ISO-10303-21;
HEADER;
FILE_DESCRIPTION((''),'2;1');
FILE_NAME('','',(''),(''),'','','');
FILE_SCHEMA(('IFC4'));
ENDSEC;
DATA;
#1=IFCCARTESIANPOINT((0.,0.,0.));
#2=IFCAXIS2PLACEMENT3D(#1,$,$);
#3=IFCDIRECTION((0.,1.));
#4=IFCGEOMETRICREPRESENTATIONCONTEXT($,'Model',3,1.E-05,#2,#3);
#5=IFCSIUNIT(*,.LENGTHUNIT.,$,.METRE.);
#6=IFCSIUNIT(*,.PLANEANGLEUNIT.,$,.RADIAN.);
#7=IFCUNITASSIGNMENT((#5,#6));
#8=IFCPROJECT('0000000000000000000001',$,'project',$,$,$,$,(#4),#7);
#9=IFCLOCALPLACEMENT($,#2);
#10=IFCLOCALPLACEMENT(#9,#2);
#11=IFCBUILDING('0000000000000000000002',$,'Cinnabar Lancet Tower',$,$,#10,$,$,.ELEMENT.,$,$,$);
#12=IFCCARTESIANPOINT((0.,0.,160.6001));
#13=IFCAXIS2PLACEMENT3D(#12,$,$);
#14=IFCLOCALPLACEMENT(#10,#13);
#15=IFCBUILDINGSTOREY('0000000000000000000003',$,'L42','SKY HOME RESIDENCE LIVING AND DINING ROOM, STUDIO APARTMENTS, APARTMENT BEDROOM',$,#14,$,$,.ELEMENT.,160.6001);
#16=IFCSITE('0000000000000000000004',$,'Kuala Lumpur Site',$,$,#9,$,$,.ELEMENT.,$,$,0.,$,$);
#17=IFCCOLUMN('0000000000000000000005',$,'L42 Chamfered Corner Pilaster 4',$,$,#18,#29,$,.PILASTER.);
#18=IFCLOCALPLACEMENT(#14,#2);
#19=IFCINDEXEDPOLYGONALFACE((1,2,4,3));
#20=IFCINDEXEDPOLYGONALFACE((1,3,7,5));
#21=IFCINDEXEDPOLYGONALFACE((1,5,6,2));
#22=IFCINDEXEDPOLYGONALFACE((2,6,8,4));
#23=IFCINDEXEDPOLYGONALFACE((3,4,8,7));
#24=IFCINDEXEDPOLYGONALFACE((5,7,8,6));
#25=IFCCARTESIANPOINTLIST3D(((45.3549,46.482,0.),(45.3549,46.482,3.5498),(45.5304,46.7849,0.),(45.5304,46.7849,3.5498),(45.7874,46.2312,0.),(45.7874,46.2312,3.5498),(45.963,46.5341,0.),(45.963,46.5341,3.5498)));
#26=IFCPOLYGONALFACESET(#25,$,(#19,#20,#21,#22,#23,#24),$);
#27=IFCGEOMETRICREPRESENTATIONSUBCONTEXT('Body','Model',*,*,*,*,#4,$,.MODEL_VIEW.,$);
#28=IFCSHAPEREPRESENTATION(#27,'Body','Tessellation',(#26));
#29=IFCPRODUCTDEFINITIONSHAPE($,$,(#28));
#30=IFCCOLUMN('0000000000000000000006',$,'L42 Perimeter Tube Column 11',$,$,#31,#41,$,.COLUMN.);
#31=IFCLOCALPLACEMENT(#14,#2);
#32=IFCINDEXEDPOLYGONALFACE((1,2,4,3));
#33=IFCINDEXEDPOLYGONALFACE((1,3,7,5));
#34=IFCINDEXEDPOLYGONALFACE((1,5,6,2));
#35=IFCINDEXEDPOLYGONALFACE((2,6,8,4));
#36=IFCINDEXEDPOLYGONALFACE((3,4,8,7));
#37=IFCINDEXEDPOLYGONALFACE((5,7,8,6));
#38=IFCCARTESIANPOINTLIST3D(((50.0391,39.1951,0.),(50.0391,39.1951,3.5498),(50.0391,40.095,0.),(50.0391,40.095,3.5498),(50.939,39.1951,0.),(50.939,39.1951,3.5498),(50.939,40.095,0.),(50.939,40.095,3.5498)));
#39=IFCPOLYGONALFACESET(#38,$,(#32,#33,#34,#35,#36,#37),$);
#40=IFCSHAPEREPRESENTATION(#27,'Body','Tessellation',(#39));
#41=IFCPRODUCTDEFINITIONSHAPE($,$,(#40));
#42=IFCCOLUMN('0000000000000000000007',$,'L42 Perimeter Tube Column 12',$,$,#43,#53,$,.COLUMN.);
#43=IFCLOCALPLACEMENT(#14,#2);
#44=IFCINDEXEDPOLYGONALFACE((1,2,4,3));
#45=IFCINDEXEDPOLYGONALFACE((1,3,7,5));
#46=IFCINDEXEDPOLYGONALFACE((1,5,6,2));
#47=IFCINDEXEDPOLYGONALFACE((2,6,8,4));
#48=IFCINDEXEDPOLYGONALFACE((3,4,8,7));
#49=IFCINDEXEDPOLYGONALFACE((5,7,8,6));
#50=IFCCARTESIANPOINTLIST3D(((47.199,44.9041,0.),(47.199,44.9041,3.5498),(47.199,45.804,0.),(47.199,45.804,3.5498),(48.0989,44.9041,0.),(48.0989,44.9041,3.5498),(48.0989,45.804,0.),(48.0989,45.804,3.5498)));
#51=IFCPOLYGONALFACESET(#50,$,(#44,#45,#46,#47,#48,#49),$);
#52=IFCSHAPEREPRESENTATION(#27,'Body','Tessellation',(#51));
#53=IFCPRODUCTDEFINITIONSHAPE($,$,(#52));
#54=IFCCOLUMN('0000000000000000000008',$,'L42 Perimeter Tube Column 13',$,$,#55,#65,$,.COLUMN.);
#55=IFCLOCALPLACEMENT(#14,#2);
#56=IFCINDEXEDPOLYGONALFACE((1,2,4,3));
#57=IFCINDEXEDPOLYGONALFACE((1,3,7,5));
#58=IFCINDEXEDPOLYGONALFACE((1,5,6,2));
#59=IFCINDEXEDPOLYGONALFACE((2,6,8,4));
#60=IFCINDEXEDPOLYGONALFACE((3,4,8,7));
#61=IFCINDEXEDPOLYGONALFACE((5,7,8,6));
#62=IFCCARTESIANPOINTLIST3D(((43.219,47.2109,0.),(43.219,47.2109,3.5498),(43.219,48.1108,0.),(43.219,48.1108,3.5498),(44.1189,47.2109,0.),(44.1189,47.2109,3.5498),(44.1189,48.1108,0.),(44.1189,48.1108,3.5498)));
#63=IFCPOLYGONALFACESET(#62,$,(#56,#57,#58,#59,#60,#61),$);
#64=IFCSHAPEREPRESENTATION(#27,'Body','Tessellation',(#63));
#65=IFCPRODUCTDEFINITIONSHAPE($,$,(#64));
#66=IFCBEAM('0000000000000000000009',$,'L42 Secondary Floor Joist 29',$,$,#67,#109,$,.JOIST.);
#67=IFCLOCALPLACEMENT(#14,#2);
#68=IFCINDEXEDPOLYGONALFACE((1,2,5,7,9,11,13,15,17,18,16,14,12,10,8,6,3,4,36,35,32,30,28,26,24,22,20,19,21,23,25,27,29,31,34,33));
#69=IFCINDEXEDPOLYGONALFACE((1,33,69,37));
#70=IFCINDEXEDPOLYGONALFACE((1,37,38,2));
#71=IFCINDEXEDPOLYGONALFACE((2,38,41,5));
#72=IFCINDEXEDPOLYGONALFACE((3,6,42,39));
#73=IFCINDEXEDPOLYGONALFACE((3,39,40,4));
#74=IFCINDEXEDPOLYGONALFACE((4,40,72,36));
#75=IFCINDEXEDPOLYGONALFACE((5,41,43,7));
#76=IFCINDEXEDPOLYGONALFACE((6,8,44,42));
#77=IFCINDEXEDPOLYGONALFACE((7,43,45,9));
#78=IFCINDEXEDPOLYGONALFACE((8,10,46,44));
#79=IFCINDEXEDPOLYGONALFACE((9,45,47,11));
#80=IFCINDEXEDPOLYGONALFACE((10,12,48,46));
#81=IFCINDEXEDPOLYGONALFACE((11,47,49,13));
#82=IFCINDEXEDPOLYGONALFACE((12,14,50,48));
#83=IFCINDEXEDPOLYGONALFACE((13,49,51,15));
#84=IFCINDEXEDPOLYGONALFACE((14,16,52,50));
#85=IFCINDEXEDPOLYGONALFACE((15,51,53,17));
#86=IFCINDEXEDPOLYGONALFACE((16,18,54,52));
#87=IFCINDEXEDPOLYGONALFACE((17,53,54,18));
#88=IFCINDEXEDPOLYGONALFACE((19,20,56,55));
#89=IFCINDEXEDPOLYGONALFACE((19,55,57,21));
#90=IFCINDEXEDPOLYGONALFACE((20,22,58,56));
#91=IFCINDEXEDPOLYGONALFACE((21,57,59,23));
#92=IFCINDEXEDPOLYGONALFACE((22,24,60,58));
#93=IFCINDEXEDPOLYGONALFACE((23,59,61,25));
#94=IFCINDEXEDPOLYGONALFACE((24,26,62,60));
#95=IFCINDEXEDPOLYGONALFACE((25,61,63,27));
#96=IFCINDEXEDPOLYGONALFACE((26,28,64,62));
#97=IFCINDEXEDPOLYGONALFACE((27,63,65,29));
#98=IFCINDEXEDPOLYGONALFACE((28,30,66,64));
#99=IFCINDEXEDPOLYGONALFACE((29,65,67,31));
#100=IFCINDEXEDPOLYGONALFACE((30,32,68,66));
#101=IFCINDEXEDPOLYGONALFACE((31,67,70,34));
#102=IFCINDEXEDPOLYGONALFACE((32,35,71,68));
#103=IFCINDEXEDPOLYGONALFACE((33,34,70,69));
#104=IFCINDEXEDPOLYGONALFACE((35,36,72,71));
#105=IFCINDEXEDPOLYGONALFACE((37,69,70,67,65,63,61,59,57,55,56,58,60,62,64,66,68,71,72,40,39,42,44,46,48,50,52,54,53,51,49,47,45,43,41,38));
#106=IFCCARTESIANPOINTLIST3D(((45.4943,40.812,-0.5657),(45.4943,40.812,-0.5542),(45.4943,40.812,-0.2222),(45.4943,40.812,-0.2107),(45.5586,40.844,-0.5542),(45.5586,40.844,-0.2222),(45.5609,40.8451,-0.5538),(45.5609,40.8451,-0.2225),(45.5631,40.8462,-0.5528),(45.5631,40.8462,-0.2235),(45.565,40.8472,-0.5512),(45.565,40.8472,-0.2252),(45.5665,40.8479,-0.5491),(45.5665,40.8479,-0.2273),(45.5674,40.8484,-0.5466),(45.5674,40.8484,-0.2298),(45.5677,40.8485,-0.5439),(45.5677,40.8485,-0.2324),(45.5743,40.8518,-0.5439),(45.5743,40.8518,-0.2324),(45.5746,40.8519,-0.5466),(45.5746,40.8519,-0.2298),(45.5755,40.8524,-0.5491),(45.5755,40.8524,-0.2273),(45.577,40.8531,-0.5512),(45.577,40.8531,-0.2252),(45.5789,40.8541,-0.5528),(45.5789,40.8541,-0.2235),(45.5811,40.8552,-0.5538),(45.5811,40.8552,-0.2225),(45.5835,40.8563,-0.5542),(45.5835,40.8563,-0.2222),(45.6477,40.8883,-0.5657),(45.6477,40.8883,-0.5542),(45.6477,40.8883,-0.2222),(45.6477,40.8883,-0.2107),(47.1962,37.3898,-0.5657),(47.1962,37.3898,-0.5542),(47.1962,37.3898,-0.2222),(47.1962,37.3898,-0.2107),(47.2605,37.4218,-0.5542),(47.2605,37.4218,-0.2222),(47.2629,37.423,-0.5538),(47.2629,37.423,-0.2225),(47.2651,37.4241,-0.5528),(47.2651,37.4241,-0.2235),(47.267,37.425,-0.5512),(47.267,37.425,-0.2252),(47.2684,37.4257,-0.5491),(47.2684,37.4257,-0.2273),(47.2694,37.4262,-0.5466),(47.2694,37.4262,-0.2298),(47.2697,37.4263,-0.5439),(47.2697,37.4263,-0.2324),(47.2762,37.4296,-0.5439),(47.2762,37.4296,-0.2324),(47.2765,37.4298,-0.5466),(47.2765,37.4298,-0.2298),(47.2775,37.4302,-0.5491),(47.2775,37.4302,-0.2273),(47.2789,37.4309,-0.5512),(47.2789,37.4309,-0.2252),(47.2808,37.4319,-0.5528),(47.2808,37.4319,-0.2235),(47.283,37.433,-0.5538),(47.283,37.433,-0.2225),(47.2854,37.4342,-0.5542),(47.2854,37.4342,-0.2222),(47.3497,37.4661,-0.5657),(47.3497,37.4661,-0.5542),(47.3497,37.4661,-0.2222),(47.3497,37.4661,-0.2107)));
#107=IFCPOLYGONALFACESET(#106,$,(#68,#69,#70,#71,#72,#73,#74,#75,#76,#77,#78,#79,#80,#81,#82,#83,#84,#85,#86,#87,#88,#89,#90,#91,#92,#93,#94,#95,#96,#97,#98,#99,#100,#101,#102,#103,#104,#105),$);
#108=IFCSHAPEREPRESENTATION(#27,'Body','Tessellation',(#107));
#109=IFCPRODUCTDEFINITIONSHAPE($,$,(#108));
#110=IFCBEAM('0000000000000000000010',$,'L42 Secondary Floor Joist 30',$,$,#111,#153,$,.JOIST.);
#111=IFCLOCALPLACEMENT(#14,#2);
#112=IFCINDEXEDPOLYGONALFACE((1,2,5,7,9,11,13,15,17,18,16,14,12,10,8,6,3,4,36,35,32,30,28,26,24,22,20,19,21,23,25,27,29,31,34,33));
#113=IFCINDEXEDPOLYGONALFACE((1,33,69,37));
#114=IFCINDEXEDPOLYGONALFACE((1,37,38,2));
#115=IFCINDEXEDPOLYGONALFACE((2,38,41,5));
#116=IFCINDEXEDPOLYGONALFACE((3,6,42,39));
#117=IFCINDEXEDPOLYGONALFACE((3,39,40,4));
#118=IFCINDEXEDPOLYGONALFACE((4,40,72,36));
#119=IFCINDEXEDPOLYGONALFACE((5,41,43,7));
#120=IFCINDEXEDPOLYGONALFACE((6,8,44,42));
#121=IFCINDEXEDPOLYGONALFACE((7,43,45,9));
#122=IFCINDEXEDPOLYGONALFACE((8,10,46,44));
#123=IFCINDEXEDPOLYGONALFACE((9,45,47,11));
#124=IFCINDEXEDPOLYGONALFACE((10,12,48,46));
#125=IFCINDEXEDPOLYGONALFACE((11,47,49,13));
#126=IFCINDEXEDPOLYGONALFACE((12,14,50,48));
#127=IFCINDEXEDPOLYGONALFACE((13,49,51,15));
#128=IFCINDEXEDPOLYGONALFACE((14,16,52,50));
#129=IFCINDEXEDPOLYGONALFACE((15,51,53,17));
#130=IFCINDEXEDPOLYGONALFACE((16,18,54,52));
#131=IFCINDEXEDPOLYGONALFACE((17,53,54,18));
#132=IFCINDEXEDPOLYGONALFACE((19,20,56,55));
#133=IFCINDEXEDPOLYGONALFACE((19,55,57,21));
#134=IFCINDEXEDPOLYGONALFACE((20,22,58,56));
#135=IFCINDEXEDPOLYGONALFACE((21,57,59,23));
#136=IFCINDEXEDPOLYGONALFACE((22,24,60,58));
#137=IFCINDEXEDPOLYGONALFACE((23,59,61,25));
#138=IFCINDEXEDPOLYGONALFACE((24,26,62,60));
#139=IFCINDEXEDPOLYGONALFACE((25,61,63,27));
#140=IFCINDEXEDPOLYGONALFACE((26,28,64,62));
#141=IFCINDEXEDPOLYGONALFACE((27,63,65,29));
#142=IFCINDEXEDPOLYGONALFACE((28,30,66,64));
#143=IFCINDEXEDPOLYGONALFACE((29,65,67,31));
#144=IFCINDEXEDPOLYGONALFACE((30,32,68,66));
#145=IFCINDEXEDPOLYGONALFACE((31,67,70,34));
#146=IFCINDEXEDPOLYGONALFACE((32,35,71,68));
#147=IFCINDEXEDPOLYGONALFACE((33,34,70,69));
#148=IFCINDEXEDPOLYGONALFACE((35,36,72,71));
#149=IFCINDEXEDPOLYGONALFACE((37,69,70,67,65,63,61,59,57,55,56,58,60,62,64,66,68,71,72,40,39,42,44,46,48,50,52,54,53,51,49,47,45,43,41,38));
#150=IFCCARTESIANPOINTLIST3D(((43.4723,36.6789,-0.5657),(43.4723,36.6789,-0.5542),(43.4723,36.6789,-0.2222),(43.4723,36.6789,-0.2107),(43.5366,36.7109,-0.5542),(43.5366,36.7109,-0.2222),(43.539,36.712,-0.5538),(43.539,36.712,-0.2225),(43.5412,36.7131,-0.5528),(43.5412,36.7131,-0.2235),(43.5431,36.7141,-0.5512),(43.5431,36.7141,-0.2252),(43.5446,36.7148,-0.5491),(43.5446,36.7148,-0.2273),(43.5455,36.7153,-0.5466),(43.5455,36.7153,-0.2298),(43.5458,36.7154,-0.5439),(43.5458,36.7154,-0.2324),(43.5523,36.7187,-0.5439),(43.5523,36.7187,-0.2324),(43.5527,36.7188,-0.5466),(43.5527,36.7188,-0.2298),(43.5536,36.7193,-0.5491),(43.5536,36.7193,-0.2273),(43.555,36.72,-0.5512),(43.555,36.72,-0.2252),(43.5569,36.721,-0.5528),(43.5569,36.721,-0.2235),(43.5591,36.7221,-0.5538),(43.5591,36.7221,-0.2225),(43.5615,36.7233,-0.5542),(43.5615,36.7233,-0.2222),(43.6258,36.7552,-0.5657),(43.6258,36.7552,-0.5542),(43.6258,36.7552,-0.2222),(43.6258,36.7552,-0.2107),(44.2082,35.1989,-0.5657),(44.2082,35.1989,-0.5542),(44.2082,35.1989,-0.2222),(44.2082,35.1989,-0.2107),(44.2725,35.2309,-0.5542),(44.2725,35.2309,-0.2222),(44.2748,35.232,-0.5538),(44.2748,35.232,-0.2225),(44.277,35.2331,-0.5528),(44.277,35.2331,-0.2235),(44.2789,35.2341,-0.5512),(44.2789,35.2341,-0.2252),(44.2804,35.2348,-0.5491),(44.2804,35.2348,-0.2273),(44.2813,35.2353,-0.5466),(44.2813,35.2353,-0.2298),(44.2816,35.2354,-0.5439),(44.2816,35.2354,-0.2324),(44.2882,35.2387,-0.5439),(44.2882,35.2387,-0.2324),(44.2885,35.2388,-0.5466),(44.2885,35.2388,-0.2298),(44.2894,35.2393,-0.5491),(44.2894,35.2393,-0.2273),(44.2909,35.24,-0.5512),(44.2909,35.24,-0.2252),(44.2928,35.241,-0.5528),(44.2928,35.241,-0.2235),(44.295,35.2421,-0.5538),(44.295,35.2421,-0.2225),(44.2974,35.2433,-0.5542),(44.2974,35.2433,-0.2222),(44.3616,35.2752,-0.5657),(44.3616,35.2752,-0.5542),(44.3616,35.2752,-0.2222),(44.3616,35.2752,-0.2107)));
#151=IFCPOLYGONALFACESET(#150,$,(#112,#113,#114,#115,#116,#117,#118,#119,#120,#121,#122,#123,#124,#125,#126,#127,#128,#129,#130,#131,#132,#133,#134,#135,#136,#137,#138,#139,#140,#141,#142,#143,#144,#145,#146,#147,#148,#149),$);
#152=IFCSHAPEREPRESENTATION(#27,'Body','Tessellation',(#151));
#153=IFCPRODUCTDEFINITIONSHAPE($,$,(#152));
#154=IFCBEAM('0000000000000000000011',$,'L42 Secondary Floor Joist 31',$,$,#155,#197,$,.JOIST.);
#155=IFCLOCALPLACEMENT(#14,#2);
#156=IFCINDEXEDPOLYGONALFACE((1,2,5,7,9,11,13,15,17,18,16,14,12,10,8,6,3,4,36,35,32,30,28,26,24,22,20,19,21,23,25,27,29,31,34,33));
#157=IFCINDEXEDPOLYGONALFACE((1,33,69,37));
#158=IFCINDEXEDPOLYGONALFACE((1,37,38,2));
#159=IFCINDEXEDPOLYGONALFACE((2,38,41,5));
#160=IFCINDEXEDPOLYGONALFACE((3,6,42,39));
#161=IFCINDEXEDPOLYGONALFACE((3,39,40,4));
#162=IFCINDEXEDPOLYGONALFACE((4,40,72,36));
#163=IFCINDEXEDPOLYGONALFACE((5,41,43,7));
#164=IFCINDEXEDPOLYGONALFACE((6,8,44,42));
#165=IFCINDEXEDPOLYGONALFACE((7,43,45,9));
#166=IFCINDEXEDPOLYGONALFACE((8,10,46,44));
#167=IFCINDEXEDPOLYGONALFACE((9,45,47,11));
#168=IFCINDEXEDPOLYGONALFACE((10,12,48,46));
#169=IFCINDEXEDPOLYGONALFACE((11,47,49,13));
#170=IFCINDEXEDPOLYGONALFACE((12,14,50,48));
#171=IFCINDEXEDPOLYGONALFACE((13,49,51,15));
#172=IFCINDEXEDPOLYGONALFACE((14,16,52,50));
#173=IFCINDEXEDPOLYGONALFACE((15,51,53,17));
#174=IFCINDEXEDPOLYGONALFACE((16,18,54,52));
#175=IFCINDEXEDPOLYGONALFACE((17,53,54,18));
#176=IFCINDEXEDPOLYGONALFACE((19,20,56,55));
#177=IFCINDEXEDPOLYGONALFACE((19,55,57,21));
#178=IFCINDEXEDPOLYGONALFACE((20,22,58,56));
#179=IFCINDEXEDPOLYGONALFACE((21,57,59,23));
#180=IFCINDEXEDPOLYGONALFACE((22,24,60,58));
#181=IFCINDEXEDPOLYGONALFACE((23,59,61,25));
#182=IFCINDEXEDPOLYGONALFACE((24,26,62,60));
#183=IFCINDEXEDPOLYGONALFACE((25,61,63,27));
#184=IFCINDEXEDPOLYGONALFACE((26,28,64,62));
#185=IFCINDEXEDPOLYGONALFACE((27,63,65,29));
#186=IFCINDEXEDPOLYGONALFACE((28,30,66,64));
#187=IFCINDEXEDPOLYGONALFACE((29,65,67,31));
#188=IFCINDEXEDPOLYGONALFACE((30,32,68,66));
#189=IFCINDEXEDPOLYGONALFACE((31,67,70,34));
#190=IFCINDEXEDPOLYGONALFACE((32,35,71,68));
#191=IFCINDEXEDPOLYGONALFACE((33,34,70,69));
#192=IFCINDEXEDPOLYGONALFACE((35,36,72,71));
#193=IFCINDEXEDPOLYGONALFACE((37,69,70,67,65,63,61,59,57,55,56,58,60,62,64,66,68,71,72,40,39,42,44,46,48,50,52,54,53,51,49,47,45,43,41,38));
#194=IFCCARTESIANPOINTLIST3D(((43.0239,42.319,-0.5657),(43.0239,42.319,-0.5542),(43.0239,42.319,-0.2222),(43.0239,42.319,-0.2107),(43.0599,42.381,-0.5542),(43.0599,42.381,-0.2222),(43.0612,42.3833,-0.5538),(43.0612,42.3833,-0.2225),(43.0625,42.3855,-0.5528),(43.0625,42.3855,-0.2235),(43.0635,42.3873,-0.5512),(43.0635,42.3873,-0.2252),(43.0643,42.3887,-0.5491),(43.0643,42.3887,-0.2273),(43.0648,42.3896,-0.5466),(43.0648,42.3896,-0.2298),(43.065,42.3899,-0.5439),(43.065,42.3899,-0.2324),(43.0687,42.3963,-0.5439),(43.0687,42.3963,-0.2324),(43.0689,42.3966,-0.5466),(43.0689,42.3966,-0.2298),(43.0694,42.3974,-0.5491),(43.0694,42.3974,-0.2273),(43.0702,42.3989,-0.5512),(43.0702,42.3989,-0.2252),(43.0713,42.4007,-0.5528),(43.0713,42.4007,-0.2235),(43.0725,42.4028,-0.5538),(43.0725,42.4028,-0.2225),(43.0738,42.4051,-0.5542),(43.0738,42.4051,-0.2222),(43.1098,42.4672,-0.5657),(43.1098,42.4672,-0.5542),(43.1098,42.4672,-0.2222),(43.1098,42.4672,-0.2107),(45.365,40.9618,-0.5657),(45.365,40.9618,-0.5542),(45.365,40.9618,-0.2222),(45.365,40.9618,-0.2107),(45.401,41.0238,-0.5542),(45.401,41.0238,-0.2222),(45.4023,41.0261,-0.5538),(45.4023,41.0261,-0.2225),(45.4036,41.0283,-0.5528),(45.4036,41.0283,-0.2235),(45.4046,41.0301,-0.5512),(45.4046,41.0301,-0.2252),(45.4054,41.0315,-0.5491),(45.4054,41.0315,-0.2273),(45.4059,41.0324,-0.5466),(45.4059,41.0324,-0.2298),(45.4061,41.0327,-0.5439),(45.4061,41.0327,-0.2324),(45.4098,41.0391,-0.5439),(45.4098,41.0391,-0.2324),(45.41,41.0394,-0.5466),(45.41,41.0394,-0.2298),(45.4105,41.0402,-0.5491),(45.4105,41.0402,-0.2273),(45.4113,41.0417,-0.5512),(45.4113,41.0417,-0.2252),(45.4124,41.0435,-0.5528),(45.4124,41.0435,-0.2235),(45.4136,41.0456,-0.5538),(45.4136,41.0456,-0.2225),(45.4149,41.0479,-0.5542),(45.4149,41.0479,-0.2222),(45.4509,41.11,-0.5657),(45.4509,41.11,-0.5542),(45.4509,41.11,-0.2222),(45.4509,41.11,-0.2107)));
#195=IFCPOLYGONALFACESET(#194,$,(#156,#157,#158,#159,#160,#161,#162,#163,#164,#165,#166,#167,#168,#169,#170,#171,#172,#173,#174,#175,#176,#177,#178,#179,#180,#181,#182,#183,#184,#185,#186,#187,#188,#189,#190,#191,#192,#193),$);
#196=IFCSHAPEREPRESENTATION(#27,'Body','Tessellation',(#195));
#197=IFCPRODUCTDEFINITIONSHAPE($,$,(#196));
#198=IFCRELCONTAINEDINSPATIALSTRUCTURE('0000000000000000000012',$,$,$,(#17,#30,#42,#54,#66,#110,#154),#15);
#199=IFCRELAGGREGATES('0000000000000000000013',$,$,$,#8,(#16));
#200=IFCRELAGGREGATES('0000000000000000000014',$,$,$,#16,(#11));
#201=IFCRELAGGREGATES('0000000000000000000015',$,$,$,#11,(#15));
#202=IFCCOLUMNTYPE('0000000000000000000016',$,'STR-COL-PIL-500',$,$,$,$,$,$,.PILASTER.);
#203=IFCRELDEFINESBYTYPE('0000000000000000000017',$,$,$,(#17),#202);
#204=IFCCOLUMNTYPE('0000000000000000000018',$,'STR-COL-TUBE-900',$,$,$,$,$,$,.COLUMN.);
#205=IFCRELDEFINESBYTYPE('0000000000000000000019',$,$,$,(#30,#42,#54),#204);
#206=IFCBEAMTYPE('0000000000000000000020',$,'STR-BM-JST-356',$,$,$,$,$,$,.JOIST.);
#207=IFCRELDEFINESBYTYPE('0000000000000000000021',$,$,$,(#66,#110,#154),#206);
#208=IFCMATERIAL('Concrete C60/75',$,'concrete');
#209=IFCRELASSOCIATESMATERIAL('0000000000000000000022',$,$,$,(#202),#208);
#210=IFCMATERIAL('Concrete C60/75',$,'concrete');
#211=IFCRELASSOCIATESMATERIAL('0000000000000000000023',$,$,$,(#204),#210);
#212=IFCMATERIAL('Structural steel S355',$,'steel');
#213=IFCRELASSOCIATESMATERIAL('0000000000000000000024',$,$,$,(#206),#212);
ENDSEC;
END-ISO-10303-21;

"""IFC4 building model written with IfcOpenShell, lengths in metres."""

from ifc_helpers import new_model, si_unit, direction, frame, origin, origin_2d, place, context, subcontext, project, spatial, rectangle, i_section, extrude, material, material_profile, profile_set, type_object, element, save


model = new_model("IFC4")

# Units and contexts
model_context = context("Model", 3, precision=1e-05, world=origin(), true_north=direction((0.0, 1.0)))
body_context = subcontext(model_context, "Body", "Model", "MODEL_VIEW")
ifc_project = project(units=[si_unit("LENGTHUNIT", "METRE"), si_unit("PLANEANGLEUNIT", "RADIAN")], contexts=[model_context])

# Site, building, storey
site_placement = place(None, origin())
site = spatial("IfcSite", under=ifc_project, at=site_placement, Name="Kuala Lumpur Site", CompositionType="ELEMENT", RefElevation=0.0)
building_placement = place(site_placement, origin())
building = spatial("IfcBuilding", under=site, at=building_placement, Name="Cinnabar Lancet Tower", CompositionType="ELEMENT")
storey_placement = place(building_placement, frame((0.0, 0.0, 160.6001)))
storey = spatial("IfcBuildingStorey", under=building, at=storey_placement, Name="L42", Description="SKY HOME RESIDENCE LIVING AND DINING ROOM, STUDIO APARTMENTS, APARTMENT BEDROOM", CompositionType="ELEMENT", Elevation=160.6001)

# Columns
ifc_material_1 = material(Name="Concrete C60/75", Category="concrete")
ifc_material_profile_1 = material_profile(ifc_material_1, rectangle(XDim=0.5, YDim=0.3501, at=origin_2d()), Name="RC-PIL 500x350")
ifc_profile_set_1 = profile_set([ifc_material_profile_1], Name="Concrete C60/75")
column_type_1 = type_object("IfcColumnType", Name="STR-COL-PIL-500", PredefinedType="PILASTER", material=ifc_profile_set_1)
column_placement = place(storey_placement, frame((45.6589, 46.5081, 0.0), z_axis=(0.0, 0.0, 1.0), x_axis=(-0.86516, 0.501496, 0.0)))
element("IfcColumn", 1, at=column_placement, inside=storey, type_object=column_type_1, Name="L42 Chamfered Corner Pilaster 4", PredefinedType="PILASTER", context=body_context, shape_type="SweptSolid", body=[
    extrude(rectangle(XDim=0.5, YDim=0.3501, at=origin_2d()), origin(), (0.0, 0.0, 1.0), 3.5498),
])
ifc_material_2 = material(Name="Concrete C60/75", Category="concrete")
ifc_material_profile_2 = material_profile(ifc_material_2, rectangle(XDim=0.8999, YDim=0.8999, at=origin_2d()), Name="RC-COL 900x900")
ifc_profile_set_2 = profile_set([ifc_material_profile_2], Name="Concrete C60/75")
column_type_2 = type_object("IfcColumnType", Name="STR-COL-TUBE-900", PredefinedType="COLUMN", material=ifc_profile_set_2)
for number, where, z_axis, x_axis, name in (
    (2, (50.489, 39.645, 0.0), (0.0, 0.0, 1.0), (1.0, 0.0, 0.0), "L42 Perimeter Tube Column 11"),
    (3, (47.6489, 45.354, 0.0), (0.0, 0.0, 1.0), (1.0, 0.0, 0.0), "L42 Perimeter Tube Column 12"),
    (4, (43.6689, 47.6609, 0.0), (0.0, 0.0, 1.0), (1.0, 0.0, 0.0), "L42 Perimeter Tube Column 13"),
):
    element("IfcColumn", number, at=place(storey_placement, frame(where, z_axis=z_axis, x_axis=x_axis)), inside=storey, type_object=column_type_2, Name=name, PredefinedType="COLUMN", context=body_context, shape_type="SweptSolid", body=[
        extrude(rectangle(XDim=0.8999, YDim=0.8999, at=origin_2d()), origin(), (0.0, 0.0, 1.0), 3.5498),
    ])

# Beams
ifc_material_3 = material(Name="Structural steel S355", Category="steel")
ifc_material_profile_3 = material_profile(ifc_material_3, i_section(OverallWidth=0.1714, OverallDepth=0.355, WebThickness=0.0073, FlangeThickness=0.0115, FilletRadius=0.0103, at=origin_2d()), Name="UKB 356x171x51")
ifc_profile_set_3 = profile_set([ifc_material_profile_3], Name="Structural steel S355")
beam_type_1 = type_object("IfcBeamType", Name="STR-BM-JST-356", PredefinedType="JOIST", material=ifc_profile_set_3)
beam_1_placement = place(storey_placement, frame((47.2729, 37.428, -0.3882), z_axis=(-0.445296, 0.895383, 0.0), x_axis=(-0.895383, -0.445296, 0.0)))
element("IfcBeam", 5, at=beam_1_placement, inside=storey, type_object=beam_type_1, Name="L42 Secondary Floor Joist 29", PredefinedType="JOIST", context=body_context, shape_type="SweptSolid", body=[
    extrude(i_section(OverallWidth=0.1714, OverallDepth=0.355, WebThickness=0.0073, FlangeThickness=0.0115, FilletRadius=0.0103, at=origin_2d()), origin(), (0.0, 0.0, 1.0), 3.822),
])
beam_2_placement = place(storey_placement, frame((44.2849, 35.2371, -0.3882), z_axis=(-0.445204, 0.895429, 0.0), x_axis=(-0.895429, -0.445204, 0.0)))
element("IfcBeam", 6, at=beam_2_placement, inside=storey, type_object=beam_type_1, Name="L42 Secondary Floor Joist 30", PredefinedType="JOIST", context=body_context, shape_type="SweptSolid", body=[
    extrude(i_section(OverallWidth=0.1714, OverallDepth=0.355, WebThickness=0.0073, FlangeThickness=0.0115, FilletRadius=0.0103, at=origin_2d()), origin(), (0.0, 0.0, 1.0), 1.6528),
])
beam_3_placement = place(storey_placement, frame((45.408, 41.0359, -0.3882), z_axis=(-0.865134, 0.501541, 0.0), x_axis=(-0.501541, -0.865134, 0.0)))
element("IfcBeam", 7, at=beam_3_placement, inside=storey, type_object=beam_type_1, Name="L42 Secondary Floor Joist 31", PredefinedType="JOIST", context=body_context, shape_type="SweptSolid", body=[
    extrude(i_section(OverallWidth=0.1714, OverallDepth=0.355, WebThickness=0.0073, FlangeThickness=0.0115, FilletRadius=0.0103, at=origin_2d()), origin(), (0.0, 0.0, 1.0), 2.7061),
])

save(model, "model.ifc")
